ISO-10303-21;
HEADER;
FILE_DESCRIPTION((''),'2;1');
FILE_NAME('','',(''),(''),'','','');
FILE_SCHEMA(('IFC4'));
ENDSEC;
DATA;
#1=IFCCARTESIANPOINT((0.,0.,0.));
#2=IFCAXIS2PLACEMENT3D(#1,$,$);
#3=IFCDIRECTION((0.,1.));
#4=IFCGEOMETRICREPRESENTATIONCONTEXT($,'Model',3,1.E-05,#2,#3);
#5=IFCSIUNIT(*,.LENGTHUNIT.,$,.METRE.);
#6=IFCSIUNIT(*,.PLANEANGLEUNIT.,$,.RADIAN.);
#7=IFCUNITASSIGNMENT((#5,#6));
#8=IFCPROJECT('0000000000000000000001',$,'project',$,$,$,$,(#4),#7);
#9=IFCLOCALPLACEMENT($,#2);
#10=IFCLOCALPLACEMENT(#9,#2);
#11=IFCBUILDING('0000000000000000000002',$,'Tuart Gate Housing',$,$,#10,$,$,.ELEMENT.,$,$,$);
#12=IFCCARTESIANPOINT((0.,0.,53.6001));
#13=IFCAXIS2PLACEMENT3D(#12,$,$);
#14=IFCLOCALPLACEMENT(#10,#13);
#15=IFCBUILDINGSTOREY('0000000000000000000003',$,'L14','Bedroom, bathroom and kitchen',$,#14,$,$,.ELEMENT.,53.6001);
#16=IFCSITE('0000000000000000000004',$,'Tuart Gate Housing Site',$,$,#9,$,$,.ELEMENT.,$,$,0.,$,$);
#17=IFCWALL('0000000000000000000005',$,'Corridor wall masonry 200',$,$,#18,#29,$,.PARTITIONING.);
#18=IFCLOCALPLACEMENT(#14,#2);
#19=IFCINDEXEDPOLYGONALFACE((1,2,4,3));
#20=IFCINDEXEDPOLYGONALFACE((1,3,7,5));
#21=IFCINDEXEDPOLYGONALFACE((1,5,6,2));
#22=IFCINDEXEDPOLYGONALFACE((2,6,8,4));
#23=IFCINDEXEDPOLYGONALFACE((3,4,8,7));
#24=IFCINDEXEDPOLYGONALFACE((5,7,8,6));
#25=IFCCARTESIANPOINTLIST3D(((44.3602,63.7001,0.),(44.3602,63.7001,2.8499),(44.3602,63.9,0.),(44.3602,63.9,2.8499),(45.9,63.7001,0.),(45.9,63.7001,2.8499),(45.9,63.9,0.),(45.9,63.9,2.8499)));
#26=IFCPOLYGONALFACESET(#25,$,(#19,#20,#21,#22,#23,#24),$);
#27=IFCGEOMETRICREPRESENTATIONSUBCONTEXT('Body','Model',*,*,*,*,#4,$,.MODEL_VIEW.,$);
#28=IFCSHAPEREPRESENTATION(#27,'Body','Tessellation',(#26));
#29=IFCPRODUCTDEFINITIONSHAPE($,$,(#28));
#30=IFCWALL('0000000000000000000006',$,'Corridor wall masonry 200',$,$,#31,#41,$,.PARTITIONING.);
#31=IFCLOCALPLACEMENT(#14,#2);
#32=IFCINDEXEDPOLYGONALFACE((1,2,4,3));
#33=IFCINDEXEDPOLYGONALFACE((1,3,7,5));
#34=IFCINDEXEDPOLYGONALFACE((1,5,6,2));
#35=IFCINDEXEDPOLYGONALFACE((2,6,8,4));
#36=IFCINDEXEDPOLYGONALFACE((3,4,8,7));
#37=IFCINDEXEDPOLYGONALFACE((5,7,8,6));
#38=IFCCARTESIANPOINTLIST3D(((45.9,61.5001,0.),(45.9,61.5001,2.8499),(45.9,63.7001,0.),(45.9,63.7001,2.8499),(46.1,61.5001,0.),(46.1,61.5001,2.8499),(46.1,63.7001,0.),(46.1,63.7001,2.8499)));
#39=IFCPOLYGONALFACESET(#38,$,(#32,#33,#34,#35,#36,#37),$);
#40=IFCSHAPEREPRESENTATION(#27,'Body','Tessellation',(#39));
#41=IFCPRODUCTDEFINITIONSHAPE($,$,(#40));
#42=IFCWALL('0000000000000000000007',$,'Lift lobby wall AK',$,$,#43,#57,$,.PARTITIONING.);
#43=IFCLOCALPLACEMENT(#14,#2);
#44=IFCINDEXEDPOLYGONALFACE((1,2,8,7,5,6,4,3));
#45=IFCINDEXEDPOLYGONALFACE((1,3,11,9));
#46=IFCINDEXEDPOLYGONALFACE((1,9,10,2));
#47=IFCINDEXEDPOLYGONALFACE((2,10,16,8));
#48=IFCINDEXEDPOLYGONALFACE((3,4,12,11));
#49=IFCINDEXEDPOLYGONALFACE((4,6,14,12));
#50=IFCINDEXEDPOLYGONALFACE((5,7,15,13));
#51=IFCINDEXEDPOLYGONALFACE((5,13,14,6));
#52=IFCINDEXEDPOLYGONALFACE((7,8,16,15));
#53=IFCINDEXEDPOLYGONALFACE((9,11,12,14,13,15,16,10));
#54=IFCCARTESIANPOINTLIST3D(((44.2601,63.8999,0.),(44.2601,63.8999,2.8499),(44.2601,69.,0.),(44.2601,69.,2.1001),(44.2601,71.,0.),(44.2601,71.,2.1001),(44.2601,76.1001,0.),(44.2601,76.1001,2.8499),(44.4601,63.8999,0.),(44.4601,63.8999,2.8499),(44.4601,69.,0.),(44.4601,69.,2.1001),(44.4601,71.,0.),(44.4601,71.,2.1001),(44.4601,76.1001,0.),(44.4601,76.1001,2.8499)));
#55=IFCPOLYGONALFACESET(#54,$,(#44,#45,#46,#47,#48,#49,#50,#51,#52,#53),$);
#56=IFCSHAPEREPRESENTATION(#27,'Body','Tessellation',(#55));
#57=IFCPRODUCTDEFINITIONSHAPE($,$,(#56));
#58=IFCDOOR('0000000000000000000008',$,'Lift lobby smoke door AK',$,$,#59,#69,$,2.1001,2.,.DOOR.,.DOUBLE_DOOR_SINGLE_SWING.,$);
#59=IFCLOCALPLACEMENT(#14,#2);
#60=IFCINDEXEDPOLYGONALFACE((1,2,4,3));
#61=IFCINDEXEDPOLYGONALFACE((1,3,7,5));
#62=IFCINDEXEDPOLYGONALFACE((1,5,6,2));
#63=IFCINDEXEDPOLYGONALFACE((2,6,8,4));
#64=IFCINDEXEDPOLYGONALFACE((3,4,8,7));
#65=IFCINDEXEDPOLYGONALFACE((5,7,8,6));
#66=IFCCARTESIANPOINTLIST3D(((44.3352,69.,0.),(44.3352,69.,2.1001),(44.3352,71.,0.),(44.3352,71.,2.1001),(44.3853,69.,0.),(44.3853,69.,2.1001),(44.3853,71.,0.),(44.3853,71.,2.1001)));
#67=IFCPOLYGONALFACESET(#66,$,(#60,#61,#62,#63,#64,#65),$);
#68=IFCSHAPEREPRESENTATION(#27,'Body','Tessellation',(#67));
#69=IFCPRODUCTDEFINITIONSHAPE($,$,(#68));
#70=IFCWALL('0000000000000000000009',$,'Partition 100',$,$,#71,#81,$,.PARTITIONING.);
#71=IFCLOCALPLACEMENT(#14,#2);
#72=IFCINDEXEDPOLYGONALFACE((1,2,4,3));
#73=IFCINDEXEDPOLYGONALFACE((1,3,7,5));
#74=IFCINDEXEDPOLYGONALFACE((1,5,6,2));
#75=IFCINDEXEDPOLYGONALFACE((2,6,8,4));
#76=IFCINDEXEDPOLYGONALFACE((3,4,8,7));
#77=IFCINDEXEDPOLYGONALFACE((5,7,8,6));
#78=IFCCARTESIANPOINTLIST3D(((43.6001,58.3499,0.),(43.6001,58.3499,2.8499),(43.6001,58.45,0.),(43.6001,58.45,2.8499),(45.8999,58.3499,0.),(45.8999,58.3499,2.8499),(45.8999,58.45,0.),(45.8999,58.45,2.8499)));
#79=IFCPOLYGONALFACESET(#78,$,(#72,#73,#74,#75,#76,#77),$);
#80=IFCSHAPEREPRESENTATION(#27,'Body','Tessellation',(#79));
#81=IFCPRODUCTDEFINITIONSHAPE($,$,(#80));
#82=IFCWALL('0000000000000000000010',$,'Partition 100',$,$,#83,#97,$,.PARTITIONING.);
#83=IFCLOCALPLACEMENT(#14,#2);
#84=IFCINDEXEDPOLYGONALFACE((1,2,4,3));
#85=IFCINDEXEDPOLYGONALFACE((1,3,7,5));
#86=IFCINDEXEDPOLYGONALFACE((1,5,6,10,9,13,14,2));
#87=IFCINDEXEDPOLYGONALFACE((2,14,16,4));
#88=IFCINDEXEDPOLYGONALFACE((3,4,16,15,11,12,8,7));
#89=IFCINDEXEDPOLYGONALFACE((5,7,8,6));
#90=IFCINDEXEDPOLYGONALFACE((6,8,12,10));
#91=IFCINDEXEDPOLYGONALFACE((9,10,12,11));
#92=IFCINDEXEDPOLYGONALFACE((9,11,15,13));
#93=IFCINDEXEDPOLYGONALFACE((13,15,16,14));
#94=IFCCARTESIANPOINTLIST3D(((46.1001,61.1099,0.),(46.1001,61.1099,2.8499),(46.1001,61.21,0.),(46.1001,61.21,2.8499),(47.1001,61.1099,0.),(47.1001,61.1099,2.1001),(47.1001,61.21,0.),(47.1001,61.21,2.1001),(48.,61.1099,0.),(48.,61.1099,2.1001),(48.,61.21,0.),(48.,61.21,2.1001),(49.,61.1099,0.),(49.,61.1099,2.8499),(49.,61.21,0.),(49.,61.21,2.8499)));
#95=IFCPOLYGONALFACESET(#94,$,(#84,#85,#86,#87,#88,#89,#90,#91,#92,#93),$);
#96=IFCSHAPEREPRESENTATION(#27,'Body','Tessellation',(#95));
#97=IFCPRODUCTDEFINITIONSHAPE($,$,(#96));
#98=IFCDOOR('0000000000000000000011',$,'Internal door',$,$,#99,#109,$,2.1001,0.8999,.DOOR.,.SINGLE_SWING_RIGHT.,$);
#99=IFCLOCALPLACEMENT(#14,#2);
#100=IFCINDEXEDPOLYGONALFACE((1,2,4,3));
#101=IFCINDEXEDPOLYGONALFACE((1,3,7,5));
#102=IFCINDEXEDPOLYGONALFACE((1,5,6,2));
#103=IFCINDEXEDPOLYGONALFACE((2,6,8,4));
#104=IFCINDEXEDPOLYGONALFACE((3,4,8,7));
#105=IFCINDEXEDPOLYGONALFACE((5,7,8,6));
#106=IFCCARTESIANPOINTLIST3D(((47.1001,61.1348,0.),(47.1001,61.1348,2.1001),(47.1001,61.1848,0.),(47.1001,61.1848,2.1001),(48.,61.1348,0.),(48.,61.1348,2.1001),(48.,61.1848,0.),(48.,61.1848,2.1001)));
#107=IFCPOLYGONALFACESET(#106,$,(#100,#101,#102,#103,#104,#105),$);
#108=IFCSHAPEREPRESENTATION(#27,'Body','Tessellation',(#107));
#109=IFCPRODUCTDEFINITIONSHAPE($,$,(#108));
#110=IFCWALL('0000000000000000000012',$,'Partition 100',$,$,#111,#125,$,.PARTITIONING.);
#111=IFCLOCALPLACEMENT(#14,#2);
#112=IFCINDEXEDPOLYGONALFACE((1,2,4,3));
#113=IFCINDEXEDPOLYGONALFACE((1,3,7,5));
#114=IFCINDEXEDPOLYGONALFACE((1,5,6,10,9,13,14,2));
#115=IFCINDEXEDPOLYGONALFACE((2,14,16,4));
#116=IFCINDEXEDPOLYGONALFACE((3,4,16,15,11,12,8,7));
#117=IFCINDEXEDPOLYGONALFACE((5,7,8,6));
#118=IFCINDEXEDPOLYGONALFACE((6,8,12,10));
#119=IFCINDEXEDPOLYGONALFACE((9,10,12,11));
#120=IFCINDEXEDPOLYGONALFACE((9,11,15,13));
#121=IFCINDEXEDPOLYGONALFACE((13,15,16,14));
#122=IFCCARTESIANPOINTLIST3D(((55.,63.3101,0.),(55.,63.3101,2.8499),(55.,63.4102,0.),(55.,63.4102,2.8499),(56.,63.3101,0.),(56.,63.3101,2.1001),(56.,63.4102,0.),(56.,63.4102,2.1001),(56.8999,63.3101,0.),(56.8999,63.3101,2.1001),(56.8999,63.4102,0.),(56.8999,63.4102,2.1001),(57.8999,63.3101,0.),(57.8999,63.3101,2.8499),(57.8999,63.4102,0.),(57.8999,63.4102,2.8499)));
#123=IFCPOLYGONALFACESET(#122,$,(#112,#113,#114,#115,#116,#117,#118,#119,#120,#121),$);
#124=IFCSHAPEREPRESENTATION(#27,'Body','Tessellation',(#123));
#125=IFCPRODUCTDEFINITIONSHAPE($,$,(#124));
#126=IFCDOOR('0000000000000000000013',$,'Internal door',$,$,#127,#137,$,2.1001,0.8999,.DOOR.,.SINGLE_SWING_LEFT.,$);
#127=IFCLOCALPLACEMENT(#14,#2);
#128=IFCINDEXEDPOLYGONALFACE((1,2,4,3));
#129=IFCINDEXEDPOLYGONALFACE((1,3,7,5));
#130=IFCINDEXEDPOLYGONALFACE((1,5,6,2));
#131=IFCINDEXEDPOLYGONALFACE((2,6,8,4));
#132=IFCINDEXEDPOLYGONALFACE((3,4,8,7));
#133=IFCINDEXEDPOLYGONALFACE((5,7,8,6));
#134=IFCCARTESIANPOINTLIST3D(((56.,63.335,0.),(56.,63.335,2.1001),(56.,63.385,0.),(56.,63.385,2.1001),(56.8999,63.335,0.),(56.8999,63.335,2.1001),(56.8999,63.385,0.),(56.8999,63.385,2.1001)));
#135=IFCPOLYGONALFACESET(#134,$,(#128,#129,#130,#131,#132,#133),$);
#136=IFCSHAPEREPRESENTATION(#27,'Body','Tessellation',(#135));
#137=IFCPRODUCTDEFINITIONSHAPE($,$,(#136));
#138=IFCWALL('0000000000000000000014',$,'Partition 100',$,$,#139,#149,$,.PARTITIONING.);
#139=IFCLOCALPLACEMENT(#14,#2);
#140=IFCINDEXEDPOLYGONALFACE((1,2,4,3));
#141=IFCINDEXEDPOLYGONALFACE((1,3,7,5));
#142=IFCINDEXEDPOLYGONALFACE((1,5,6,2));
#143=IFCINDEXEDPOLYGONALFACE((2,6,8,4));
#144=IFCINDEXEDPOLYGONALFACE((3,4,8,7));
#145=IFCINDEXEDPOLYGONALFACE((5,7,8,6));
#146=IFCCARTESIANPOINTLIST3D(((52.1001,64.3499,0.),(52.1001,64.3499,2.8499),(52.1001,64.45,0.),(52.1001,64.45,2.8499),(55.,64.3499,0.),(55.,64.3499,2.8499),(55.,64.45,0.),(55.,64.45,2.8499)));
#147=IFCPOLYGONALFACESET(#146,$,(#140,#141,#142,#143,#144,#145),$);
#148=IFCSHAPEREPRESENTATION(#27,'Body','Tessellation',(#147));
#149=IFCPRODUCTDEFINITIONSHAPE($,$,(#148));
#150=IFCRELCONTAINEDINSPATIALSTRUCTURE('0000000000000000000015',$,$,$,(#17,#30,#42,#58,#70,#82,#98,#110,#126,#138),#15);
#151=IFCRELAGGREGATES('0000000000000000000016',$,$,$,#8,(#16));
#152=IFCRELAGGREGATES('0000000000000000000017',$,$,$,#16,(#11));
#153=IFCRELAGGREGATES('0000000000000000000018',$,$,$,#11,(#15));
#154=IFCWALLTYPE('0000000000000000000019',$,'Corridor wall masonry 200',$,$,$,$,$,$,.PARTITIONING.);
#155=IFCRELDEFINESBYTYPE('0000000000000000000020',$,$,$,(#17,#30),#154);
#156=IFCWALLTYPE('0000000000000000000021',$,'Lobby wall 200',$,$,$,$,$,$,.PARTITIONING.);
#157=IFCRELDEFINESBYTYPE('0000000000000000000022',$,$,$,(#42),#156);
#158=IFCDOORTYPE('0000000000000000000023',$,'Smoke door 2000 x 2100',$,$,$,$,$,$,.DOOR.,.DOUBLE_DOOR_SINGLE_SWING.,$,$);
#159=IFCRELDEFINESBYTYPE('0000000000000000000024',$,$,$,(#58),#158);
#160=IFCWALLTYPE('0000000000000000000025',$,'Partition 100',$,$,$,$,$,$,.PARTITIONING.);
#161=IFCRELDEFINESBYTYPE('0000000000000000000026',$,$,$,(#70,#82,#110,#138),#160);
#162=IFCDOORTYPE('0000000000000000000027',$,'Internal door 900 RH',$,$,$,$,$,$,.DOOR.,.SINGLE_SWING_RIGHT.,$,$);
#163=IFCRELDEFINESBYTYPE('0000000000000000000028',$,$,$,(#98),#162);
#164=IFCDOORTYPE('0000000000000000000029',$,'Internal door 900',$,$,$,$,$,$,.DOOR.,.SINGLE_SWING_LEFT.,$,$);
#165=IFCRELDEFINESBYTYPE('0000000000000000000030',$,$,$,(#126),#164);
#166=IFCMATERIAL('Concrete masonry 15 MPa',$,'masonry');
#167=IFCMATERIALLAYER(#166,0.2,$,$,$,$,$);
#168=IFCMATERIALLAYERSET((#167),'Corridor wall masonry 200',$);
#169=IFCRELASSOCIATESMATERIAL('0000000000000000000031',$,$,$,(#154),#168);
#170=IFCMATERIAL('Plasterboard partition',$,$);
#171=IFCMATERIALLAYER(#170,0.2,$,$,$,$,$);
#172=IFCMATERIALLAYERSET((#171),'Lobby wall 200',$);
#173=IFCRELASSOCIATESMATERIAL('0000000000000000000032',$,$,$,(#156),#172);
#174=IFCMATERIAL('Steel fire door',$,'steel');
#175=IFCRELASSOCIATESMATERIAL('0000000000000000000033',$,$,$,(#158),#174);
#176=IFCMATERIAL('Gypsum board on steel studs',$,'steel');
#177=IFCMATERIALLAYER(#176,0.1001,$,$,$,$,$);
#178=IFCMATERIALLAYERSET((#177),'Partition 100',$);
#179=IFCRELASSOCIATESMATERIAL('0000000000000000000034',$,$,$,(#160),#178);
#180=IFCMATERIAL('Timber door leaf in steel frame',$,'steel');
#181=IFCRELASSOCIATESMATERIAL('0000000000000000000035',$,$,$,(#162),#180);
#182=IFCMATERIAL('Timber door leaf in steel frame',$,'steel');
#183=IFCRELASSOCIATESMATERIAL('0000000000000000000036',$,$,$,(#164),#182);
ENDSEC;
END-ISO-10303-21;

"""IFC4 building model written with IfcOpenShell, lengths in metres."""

from ifc_helpers import new_model, si_unit, direction, frame, frame_2d, origin, place, context, subcontext, project, spatial, rectangle, extrude, material, layer, layer_set, type_object, element, fill, save


model = new_model("IFC4")

# Units and contexts
model_context = context("Model", 3, precision=1e-05, world=origin(), true_north=direction((0.0, 1.0)))
body_context = subcontext(model_context, "Body", "Model", "MODEL_VIEW")
ifc_project = project(units=[si_unit("LENGTHUNIT", "METRE"), si_unit("PLANEANGLEUNIT", "RADIAN")], contexts=[model_context])

# Site, building, storey
site_placement = place(None, origin())
site = spatial("IfcSite", under=ifc_project, at=site_placement, Name="Tuart Gate Housing Site", CompositionType="ELEMENT", RefElevation=0.0)
building_placement = place(site_placement, origin())
building = spatial("IfcBuilding", under=site, at=building_placement, Name="Tuart Gate Housing", CompositionType="ELEMENT")
storey_placement = place(building_placement, frame((0.0, 0.0, 53.6001)))
storey = spatial("IfcBuildingStorey", under=building, at=storey_placement, Name="L14", Description="Bedroom, bathroom and kitchen", CompositionType="ELEMENT", Elevation=53.6001)

# Walls
ifc_material_1 = material(Name="Concrete masonry 15 MPa", Category="masonry")
ifc_layer_1 = layer(ifc_material_1, 0.2)
ifc_layer_set_1 = layer_set([ifc_layer_1], Name="Corridor wall masonry 200")
wall_type_1 = type_object("IfcWallType", Name="Corridor wall masonry 200", PredefinedType="PARTITIONING", material=ifc_layer_set_1)
wall_1_placement = place(storey_placement, frame((44.3601, 63.8, 0.0), z_axis=(0.0, 0.0, 1.0), x_axis=(1.0, 0.0, 0.0)))
element("IfcWall", 1, at=wall_1_placement, inside=storey, type_object=wall_type_1, Name="Corridor wall masonry 200", PredefinedType="PARTITIONING", context=body_context, shape_type="SweptSolid", body=[
    extrude(rectangle(XDim=1.5398, YDim=0.2, at=frame_2d((0.77, 0.0))), origin(), (0.0, 0.0, 1.0), 2.8499),
])
wall_2_placement = place(storey_placement, frame((46.0, 61.5, 0.0), z_axis=(0.0, 0.0, 1.0), x_axis=(0.0, 1.0, 0.0)))
element("IfcWall", 2, at=wall_2_placement, inside=storey, type_object=wall_type_1, Name="Corridor wall masonry 200", PredefinedType="PARTITIONING", context=body_context, shape_type="SweptSolid", body=[
    extrude(rectangle(XDim=2.2, YDim=0.2, at=frame_2d((1.1001, 0.0))), origin(), (0.0, 0.0, 1.0), 2.8499),
])

# Wall, opening, door
ifc_material_2 = material(Name="Plasterboard partition")
ifc_layer_2 = layer(ifc_material_2, 0.2)
ifc_layer_set_2 = layer_set([ifc_layer_2], Name="Lobby wall 200")
wall_type_2 = type_object("IfcWallType", Name="Lobby wall 200", PredefinedType="PARTITIONING", material=ifc_layer_set_2)
wall_3_placement = place(storey_placement, frame((44.3601, 63.8999, 0.0), z_axis=(0.0, 0.0, 1.0), x_axis=(0.0, 1.0, 0.0)))
wall_3 = element("IfcWall", 3, at=wall_3_placement, inside=storey, type_object=wall_type_2, Name="Lift lobby wall AK", PredefinedType="PARTITIONING", context=body_context, shape_type="SweptSolid", body=[
    extrude(rectangle(XDim=12.2002, YDim=0.2, at=frame_2d((6.1001, 0.0))), origin(), (0.0, 0.0, 1.0), 2.8499),
])
opening_1_placement = place(wall_3_placement, frame((5.1001, 0.0, 0.0)))
opening_1 = element("IfcOpeningElement", 4, at=opening_1_placement, cuts=wall_3, PredefinedType="OPENING", context=body_context, shape_type="SweptSolid", body=[
    extrude(rectangle(XDim=2.0, YDim=2.1001, at=frame_2d((1.0, 1.05))), frame((0.0, 0.1099, 0.0), z_axis=(0.0, -1.0, 0.0), x_axis=(1.0, 0.0, 0.0)), (0.0, 0.0, 1.0), 0.22),
])
ifc_material_3 = material(Name="Steel fire door", Category="steel")
door_type_1 = type_object("IfcDoorType", Name="Smoke door 2000 x 2100", OperationType="DOUBLE_DOOR_SINGLE_SWING", PredefinedType="DOOR", material=ifc_material_3)
door_1_placement = place(opening_1_placement, origin())
door_1 = element("IfcDoor", 5, at=door_1_placement, inside=storey, type_object=door_type_1, Name="Lift lobby smoke door AK", OperationType="DOUBLE_DOOR_SINGLE_SWING", OverallHeight=2.1001, OverallWidth=2.0, PredefinedType="DOOR", context=body_context, shape_type="SweptSolid", body=[
    extrude(rectangle(XDim=2.0, YDim=2.1001, at=frame_2d((1.0, 1.05))), frame((0.0, 0.0249, 0.0), z_axis=(0.0, -1.0, 0.0), x_axis=(1.0, 0.0, 0.0)), (0.0, 0.0, 1.0), 0.05),
])
fill(opening_1, door_1)

# Wall
ifc_material_4 = material(Name="Gypsum board on steel studs", Category="steel")
ifc_layer_3 = layer(ifc_material_4, 0.1001)
ifc_layer_set_3 = layer_set([ifc_layer_3], Name="Partition 100")
wall_type_3 = type_object("IfcWallType", Name="Partition 100", PredefinedType="PARTITIONING", material=ifc_layer_set_3)
wall_4_placement = place(storey_placement, frame((43.6001, 58.3999, 0.0), z_axis=(0.0, 0.0, 1.0), x_axis=(1.0, 0.0, 0.0)))
element("IfcWall", 6, at=wall_4_placement, inside=storey, type_object=wall_type_3, Name="Partition 100", PredefinedType="PARTITIONING", context=body_context, shape_type="SweptSolid", body=[
    extrude(rectangle(XDim=2.2998, YDim=0.1001, at=frame_2d((1.1499, 0.0))), origin(), (0.0, 0.0, 1.0), 2.8499),
])

# Walls, openings, doors
wall_5_placement = place(storey_placement, frame((46.1001, 61.1599, 0.0), z_axis=(0.0, 0.0, 1.0), x_axis=(1.0, 0.0, 0.0)))
wall_5 = element("IfcWall", 7, at=wall_5_placement, inside=storey, type_object=wall_type_3, Name="Partition 100", PredefinedType="PARTITIONING", context=body_context, shape_type="SweptSolid", body=[
    extrude(rectangle(XDim=2.8999, YDim=0.1001, at=frame_2d((1.45, 0.0))), origin(), (0.0, 0.0, 1.0), 2.8499),
])
opening_2_placement = place(wall_5_placement, frame((1.0, 0.0, 0.0)))
opening_2 = element("IfcOpeningElement", 8, at=opening_2_placement, cuts=wall_5, PredefinedType="OPENING", context=body_context, shape_type="SweptSolid", body=[
    extrude(rectangle(XDim=0.8999, YDim=2.1001, at=frame_2d((0.45, 1.05))), frame((0.0, 0.0601, 0.0), z_axis=(0.0, -1.0, 0.0), x_axis=(1.0, 0.0, 0.0)), (0.0, 0.0, 1.0), 0.1201),
])
ifc_material_5 = material(Name="Timber door leaf in steel frame", Category="steel")
door_type_2 = type_object("IfcDoorType", Name="Internal door 900 RH", OperationType="SINGLE_SWING_RIGHT", PredefinedType="DOOR", material=ifc_material_5)
door_2_placement = place(opening_2_placement, origin())
door_2 = element("IfcDoor", 9, at=door_2_placement, inside=storey, type_object=door_type_2, Name="Internal door", OperationType="SINGLE_SWING_RIGHT", OverallHeight=2.1001, OverallWidth=0.8999, PredefinedType="DOOR", context=body_context, shape_type="SweptSolid", body=[
    extrude(rectangle(XDim=0.8999, YDim=2.1001, at=frame_2d((0.45, 1.05))), frame((0.0, 0.0249, 0.0), z_axis=(0.0, -1.0, 0.0), x_axis=(1.0, 0.0, 0.0)), (0.0, 0.0, 1.0), 0.05),
])
fill(opening_2, door_2)
wall_6_placement = place(storey_placement, frame((55.0, 63.3601, 0.0), z_axis=(0.0, 0.0, 1.0), x_axis=(1.0, 0.0, 0.0)))
wall_6 = element("IfcWall", 10, at=wall_6_placement, inside=storey, type_object=wall_type_3, Name="Partition 100", PredefinedType="PARTITIONING", context=body_context, shape_type="SweptSolid", body=[
    extrude(rectangle(XDim=2.8999, YDim=0.1001, at=frame_2d((1.45, 0.0))), origin(), (0.0, 0.0, 1.0), 2.8499),
])
opening_3_placement = place(wall_6_placement, frame((1.0, 0.0, 0.0)))
opening_3 = element("IfcOpeningElement", 11, at=opening_3_placement, cuts=wall_6, PredefinedType="OPENING", context=body_context, shape_type="SweptSolid", body=[
    extrude(rectangle(XDim=0.8999, YDim=2.1001, at=frame_2d((0.45, 1.05))), frame((0.0, 0.0601, 0.0), z_axis=(0.0, -1.0, 0.0), x_axis=(1.0, 0.0, 0.0)), (0.0, 0.0, 1.0), 0.1201),
])
ifc_material_6 = material(Name="Timber door leaf in steel frame", Category="steel")
door_type_3 = type_object("IfcDoorType", Name="Internal door 900", OperationType="SINGLE_SWING_LEFT", PredefinedType="DOOR", material=ifc_material_6)
door_3_placement = place(opening_3_placement, origin())
door_3 = element("IfcDoor", 12, at=door_3_placement, inside=storey, type_object=door_type_3, Name="Internal door", OperationType="SINGLE_SWING_LEFT", OverallHeight=2.1001, OverallWidth=0.8999, PredefinedType="DOOR", context=body_context, shape_type="SweptSolid", body=[
    extrude(rectangle(XDim=0.8999, YDim=2.1001, at=frame_2d((0.45, 1.05))), frame((0.0, 0.0249, 0.0), z_axis=(0.0, -1.0, 0.0), x_axis=(1.0, 0.0, 0.0)), (0.0, 0.0, 1.0), 0.05),
])
fill(opening_3, door_3)

# Wall
wall_7_placement = place(storey_placement, frame((52.1001, 64.3999, 0.0), z_axis=(0.0, 0.0, 1.0), x_axis=(1.0, 0.0, 0.0)))
element("IfcWall", 13, at=wall_7_placement, inside=storey, type_object=wall_type_3, Name="Partition 100", PredefinedType="PARTITIONING", context=body_context, shape_type="SweptSolid", body=[
    extrude(rectangle(XDim=2.8999, YDim=0.1001, at=frame_2d((1.45, 0.0))), origin(), (0.0, 0.0, 1.0), 2.8499),
])

save(model, "model.ifc")
